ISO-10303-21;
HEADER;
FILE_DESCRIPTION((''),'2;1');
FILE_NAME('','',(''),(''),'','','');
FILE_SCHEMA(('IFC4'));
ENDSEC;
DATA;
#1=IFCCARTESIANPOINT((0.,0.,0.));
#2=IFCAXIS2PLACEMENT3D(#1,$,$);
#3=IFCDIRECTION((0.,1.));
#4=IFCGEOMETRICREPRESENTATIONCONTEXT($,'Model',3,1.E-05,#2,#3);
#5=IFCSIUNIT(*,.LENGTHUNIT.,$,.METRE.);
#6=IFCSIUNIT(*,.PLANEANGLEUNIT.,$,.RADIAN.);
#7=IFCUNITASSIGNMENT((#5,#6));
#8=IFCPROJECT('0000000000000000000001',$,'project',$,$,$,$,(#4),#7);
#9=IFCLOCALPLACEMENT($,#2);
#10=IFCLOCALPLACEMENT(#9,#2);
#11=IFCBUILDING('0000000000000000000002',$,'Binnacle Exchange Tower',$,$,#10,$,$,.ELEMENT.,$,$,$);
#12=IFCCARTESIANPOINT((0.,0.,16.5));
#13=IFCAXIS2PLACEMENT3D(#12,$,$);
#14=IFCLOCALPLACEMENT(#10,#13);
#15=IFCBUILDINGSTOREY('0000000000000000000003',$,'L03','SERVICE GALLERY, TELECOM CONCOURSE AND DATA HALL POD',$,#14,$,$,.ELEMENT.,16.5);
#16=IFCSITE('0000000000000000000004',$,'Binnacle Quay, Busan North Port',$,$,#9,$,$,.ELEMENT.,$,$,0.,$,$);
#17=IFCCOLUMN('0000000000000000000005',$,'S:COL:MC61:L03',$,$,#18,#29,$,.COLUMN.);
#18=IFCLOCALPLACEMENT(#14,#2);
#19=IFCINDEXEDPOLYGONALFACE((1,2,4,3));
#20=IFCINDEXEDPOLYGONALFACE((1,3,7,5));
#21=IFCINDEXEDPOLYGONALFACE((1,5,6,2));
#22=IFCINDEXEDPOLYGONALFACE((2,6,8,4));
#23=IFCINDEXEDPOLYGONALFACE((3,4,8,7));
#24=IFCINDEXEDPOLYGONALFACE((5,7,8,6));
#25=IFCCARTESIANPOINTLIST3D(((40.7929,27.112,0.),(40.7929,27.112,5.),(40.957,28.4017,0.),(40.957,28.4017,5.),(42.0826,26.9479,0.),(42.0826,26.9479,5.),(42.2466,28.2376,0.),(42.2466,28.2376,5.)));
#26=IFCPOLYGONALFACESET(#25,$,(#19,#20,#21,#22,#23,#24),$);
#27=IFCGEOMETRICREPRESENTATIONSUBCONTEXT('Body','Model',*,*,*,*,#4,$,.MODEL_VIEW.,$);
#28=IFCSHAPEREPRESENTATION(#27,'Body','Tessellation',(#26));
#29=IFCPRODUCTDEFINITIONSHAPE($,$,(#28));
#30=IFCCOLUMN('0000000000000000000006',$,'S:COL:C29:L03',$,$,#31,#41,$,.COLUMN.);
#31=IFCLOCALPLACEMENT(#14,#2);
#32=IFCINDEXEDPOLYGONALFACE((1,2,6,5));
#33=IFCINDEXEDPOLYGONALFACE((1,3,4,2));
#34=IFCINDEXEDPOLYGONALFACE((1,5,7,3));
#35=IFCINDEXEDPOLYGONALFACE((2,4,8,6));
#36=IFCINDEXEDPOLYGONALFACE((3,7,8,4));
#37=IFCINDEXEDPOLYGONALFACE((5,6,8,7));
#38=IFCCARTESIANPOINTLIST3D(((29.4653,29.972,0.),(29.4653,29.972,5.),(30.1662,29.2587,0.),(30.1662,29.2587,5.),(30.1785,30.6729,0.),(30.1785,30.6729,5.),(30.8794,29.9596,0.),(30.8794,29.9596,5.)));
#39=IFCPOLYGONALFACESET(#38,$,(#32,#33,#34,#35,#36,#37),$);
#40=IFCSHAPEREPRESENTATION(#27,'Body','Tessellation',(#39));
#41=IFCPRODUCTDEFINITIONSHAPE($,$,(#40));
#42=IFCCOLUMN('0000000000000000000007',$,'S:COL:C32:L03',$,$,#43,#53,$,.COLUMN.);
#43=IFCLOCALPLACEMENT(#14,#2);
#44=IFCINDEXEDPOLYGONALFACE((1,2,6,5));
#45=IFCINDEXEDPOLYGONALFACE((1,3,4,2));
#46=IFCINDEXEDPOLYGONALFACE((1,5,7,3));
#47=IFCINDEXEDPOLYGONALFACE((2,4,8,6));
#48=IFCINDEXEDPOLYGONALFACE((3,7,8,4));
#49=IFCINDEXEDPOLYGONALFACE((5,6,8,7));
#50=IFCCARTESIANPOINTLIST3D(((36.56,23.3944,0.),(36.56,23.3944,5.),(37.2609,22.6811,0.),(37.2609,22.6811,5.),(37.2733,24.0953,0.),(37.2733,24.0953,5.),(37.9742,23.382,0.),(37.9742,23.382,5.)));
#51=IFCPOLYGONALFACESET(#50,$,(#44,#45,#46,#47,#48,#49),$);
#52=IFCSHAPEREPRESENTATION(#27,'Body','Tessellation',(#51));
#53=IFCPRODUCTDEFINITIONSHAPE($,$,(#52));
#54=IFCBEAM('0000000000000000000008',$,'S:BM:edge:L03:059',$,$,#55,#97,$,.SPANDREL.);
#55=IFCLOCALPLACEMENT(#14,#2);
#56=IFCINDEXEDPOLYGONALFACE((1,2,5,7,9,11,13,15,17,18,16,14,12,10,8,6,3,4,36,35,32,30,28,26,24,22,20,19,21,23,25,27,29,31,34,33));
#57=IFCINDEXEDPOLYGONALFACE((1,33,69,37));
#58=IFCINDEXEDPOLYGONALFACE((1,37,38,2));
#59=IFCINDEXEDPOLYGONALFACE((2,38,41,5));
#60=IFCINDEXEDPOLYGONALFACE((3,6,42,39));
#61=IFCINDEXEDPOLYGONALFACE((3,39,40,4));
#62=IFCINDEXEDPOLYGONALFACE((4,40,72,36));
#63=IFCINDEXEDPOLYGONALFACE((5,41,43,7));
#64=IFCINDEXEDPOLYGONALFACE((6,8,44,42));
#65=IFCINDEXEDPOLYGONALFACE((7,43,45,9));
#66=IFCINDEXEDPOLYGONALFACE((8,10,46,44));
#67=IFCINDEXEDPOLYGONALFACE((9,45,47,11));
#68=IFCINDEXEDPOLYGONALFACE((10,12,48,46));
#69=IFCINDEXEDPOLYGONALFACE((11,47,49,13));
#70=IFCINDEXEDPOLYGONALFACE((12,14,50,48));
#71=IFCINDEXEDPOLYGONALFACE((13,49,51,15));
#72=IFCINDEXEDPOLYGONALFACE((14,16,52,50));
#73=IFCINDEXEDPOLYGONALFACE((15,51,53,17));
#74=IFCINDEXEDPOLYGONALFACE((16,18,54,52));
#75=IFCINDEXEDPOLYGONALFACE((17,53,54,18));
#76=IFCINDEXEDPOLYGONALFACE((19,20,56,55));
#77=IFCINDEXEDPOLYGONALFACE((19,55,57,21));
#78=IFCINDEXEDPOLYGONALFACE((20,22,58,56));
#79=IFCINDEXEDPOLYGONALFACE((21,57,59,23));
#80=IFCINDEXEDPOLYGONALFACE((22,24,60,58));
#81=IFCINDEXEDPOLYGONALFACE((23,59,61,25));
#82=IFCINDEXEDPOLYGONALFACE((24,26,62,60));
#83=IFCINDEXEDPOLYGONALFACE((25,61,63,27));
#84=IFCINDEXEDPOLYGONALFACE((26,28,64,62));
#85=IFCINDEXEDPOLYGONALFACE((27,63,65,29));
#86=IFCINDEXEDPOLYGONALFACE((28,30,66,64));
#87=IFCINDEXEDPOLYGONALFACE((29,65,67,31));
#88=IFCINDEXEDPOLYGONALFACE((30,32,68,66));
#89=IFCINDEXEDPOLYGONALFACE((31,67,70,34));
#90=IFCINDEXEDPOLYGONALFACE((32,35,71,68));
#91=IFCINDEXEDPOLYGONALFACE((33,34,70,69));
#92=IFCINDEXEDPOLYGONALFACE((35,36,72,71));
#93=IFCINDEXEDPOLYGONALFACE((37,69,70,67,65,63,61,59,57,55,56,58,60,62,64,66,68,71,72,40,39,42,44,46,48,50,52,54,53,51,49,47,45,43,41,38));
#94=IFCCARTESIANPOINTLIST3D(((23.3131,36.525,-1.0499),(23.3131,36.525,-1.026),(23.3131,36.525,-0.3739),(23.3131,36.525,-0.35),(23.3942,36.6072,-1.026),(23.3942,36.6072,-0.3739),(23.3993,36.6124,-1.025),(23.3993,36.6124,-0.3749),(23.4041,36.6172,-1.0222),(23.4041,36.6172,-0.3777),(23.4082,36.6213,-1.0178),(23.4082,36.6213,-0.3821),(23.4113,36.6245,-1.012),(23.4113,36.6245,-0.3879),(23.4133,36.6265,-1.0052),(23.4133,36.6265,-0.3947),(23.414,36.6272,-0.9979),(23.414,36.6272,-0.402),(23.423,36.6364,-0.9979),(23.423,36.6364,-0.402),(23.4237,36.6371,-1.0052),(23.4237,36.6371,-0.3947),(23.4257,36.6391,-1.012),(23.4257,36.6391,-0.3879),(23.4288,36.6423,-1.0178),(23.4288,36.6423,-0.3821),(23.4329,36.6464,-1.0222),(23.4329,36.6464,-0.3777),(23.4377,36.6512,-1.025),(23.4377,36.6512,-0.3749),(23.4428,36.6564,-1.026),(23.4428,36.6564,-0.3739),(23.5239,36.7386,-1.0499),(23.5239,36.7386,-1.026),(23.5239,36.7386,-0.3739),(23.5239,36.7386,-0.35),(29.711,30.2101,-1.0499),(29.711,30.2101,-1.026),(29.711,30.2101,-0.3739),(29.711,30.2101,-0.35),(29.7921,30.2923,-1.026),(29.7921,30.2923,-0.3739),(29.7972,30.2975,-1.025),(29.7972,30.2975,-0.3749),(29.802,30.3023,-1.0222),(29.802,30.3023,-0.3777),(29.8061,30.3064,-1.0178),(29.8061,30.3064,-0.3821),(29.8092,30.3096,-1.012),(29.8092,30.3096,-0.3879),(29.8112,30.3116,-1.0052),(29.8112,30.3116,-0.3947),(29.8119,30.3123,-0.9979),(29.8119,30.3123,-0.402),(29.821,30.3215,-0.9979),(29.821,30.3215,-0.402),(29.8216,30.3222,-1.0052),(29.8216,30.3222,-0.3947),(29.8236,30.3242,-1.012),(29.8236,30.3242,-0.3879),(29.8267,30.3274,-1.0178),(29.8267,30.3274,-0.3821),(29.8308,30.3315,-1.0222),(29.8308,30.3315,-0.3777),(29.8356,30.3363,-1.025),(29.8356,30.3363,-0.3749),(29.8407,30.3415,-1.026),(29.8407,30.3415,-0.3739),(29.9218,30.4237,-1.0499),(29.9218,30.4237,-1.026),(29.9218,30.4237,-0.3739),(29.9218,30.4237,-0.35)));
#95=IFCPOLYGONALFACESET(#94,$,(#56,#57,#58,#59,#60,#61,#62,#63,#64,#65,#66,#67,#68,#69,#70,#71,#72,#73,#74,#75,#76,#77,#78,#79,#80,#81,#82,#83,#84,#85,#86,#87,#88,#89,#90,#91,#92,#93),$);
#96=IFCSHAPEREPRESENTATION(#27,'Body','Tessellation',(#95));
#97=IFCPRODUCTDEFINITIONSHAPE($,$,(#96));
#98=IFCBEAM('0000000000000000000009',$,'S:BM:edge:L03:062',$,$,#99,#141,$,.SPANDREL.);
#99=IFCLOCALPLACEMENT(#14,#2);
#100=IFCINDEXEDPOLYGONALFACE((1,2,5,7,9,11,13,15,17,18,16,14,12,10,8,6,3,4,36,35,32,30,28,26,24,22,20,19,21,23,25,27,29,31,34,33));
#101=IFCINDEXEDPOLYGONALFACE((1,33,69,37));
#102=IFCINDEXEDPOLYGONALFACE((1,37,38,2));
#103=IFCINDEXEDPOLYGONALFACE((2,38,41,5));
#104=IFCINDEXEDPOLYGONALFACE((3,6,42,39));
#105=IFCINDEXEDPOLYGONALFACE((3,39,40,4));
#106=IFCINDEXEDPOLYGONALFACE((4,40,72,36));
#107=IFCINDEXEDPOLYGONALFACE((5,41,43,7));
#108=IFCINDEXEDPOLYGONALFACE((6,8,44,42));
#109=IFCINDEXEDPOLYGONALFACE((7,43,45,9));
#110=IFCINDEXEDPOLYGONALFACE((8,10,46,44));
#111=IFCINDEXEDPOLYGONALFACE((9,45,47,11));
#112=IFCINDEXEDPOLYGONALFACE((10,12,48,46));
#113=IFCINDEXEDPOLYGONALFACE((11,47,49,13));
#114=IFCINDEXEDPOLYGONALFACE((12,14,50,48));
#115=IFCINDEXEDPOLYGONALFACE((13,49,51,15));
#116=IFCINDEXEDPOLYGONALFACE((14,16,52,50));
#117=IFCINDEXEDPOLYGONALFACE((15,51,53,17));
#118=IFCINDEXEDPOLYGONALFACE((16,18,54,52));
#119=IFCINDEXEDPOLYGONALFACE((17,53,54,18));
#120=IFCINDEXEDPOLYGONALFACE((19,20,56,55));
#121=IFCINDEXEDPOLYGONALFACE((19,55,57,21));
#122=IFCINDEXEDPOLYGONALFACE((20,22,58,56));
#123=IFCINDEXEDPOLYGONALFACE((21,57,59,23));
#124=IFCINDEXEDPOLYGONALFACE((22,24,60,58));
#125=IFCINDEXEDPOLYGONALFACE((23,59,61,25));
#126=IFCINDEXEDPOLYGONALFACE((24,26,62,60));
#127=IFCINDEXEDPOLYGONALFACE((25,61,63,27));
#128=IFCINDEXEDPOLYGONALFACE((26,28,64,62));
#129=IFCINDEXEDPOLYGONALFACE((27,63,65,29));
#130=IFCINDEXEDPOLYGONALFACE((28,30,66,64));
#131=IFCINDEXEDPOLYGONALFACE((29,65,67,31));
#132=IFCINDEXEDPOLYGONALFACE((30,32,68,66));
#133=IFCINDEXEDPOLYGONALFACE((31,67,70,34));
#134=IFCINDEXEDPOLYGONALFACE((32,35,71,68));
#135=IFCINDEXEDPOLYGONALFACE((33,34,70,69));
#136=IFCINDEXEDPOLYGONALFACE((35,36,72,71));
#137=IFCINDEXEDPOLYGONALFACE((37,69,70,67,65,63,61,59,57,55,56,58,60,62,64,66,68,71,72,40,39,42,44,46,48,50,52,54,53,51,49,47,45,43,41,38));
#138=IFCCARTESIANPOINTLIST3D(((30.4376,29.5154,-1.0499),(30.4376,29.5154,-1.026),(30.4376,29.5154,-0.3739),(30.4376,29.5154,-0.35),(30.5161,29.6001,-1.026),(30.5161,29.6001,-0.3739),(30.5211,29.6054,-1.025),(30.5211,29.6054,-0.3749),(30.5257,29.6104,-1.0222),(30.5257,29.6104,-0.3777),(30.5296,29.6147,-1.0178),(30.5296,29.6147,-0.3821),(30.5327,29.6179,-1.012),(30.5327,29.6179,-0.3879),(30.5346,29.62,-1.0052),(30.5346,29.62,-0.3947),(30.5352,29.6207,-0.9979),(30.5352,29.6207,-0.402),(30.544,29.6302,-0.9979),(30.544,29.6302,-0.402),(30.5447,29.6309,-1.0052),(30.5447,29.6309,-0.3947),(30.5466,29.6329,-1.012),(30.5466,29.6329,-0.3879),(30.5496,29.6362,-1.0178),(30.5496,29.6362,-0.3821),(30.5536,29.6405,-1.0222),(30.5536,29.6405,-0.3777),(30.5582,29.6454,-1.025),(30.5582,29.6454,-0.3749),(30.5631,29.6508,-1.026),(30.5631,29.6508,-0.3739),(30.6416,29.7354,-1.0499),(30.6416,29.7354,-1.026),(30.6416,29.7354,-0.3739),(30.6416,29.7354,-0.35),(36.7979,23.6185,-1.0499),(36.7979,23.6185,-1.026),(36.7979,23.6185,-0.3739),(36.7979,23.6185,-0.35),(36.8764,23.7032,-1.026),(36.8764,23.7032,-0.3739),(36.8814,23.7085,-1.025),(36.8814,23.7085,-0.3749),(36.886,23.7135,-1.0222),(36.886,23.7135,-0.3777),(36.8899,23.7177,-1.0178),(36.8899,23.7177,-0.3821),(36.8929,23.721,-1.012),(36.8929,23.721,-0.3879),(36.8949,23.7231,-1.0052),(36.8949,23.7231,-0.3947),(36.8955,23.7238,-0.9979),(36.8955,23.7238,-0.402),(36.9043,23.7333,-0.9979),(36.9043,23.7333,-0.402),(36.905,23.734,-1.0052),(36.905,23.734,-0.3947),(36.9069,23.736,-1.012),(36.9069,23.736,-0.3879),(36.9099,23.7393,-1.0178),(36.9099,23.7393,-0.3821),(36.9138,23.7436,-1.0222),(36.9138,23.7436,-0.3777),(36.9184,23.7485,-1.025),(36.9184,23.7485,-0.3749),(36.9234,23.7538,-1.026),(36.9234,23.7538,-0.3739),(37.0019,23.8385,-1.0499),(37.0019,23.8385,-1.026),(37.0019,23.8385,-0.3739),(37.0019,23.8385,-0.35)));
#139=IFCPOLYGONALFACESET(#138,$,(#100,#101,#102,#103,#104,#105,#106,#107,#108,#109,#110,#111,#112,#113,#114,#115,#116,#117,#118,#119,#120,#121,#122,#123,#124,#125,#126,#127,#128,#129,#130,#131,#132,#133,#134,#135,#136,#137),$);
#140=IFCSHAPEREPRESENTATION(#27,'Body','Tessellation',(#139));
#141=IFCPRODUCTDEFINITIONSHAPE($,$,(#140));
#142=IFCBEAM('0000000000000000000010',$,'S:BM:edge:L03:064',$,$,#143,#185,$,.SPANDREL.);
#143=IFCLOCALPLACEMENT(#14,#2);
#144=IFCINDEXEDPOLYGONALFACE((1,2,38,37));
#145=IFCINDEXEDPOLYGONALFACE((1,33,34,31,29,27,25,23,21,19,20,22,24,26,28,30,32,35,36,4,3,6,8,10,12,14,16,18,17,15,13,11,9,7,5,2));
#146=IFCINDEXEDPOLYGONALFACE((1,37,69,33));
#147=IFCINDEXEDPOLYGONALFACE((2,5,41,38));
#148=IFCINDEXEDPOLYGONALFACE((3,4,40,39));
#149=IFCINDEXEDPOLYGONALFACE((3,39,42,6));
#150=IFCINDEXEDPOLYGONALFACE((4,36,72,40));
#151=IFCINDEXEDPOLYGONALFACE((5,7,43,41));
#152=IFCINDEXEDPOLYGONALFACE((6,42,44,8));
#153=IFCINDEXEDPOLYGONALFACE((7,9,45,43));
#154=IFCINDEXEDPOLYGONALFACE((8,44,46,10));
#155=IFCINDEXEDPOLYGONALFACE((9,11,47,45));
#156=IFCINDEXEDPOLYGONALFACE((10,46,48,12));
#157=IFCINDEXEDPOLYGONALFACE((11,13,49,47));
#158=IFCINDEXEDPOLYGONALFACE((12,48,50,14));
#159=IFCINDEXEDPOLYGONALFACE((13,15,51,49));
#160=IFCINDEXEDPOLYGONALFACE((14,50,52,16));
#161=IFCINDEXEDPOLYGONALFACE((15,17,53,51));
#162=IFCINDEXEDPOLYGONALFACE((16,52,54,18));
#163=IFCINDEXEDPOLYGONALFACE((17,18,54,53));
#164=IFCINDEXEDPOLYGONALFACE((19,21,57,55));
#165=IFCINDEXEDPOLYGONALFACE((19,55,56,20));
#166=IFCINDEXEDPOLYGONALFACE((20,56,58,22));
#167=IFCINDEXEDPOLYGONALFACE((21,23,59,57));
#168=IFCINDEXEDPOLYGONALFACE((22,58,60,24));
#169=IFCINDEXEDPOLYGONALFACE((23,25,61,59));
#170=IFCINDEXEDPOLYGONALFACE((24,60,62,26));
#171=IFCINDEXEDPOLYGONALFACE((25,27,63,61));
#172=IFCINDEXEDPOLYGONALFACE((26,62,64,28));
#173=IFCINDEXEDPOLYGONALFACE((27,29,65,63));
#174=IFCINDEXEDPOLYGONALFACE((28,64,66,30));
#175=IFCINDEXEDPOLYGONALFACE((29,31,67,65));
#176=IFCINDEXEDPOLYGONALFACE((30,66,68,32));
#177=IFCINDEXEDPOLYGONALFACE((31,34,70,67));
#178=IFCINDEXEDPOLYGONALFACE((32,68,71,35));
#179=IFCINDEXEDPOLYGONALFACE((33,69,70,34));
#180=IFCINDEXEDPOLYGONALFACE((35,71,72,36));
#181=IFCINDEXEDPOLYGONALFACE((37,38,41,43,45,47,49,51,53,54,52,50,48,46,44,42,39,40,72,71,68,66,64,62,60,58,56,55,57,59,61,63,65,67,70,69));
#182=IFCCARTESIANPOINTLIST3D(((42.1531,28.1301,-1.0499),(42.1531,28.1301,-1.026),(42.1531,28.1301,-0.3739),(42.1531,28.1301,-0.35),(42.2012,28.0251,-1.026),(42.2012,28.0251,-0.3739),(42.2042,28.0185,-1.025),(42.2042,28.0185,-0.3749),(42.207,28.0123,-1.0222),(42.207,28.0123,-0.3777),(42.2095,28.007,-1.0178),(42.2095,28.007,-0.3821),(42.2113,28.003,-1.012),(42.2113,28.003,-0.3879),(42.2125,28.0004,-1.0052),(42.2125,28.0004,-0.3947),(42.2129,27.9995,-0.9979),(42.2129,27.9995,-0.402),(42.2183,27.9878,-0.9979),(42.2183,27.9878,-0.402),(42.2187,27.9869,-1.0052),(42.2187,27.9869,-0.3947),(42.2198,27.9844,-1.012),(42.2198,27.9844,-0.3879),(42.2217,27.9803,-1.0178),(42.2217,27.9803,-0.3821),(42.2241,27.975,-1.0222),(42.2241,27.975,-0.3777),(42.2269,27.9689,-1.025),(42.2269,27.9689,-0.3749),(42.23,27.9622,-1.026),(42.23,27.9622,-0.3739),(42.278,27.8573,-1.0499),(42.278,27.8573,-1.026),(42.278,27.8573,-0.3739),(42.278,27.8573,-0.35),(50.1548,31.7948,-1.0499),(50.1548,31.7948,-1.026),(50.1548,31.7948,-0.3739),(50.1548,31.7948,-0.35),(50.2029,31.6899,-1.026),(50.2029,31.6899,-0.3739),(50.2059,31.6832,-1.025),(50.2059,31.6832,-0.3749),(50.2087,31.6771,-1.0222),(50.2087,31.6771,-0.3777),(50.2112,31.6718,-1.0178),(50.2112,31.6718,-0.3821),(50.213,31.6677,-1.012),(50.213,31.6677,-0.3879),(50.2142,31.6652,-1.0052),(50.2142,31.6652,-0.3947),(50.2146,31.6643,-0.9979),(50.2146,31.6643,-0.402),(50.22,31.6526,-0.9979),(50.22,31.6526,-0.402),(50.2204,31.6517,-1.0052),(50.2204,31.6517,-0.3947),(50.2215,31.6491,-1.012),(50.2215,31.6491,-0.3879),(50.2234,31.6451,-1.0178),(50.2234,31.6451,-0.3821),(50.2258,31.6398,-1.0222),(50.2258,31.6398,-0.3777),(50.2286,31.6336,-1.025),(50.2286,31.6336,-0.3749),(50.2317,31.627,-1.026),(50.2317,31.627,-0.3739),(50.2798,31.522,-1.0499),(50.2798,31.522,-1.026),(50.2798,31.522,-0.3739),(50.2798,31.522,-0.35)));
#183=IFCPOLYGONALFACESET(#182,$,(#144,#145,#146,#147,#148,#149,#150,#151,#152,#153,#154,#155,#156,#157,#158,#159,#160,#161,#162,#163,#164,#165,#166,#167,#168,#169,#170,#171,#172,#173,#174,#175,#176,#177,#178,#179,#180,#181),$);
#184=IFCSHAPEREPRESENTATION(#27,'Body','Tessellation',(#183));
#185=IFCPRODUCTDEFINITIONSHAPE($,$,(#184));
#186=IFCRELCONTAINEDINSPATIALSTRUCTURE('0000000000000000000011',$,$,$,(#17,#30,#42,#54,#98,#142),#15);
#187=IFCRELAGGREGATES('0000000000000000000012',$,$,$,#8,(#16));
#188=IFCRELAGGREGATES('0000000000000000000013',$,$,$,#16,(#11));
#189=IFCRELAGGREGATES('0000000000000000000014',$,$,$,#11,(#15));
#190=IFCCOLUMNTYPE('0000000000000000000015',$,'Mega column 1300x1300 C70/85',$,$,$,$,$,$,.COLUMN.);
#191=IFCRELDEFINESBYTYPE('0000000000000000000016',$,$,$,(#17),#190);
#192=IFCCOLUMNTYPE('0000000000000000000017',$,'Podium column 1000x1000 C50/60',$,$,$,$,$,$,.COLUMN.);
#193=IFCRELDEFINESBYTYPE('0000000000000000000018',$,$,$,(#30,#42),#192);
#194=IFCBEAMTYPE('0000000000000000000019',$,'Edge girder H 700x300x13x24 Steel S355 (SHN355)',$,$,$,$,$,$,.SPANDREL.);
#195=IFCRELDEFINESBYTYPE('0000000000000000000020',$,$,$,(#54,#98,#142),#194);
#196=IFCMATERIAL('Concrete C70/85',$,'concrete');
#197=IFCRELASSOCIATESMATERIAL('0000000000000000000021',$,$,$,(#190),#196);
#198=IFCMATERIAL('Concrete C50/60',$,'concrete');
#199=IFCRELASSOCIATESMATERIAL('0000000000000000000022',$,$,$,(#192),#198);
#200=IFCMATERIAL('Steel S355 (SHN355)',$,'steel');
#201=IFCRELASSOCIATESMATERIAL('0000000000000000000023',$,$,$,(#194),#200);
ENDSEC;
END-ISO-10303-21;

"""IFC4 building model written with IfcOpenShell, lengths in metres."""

from ifc_helpers import new_model, si_unit, direction, frame, origin, origin_2d, place, context, subcontext, project, spatial, rectangle, i_section, extrude, material, material_profile, profile_set, type_object, element, save


model = new_model("IFC4")

# Units and contexts
model_context = context("Model", 3, precision=1e-05, world=origin(), true_north=direction((0.0, 1.0)))
body_context = subcontext(model_context, "Body", "Model", "MODEL_VIEW")
ifc_project = project(units=[si_unit("LENGTHUNIT", "METRE"), si_unit("PLANEANGLEUNIT", "RADIAN")], contexts=[model_context])

# Site, building, storey
site_placement = place(None, origin())
site = spatial("IfcSite", under=ifc_project, at=site_placement, Name="Binnacle Quay, Busan North Port", CompositionType="ELEMENT", RefElevation=0.0)
building_placement = place(site_placement, origin())
building = spatial("IfcBuilding", under=site, at=building_placement, Name="Binnacle Exchange Tower", CompositionType="ELEMENT")
storey_placement = place(building_placement, frame((0.0, 0.0, 16.5)))
storey = spatial("IfcBuildingStorey", under=building, at=storey_placement, Name="L03", Description="SERVICE GALLERY, TELECOM CONCOURSE AND DATA HALL POD", CompositionType="ELEMENT", Elevation=16.5)

# Columns
ifc_material_1 = material(Name="Concrete C70/85", Category="concrete")
ifc_material_profile_1 = material_profile(ifc_material_1, rectangle(XDim=1.3, YDim=1.3, at=origin_2d()), Name="Mega column 1300x1300 C70/85")
ifc_profile_set_1 = profile_set([ifc_material_profile_1], Name="Concrete C70/85")
column_type_1 = type_object("IfcColumnType", Name="Mega column 1300x1300 C70/85", PredefinedType="COLUMN", material=ifc_profile_set_1)
column_placement = place(storey_placement, frame((41.5198, 27.6748, 0.0), z_axis=(0.0, 0.0, 1.0), x_axis=(0.992005, -0.126199, 0.0)))
element("IfcColumn", 1, at=column_placement, inside=storey, type_object=column_type_1, Name="S:COL:MC61:L03", PredefinedType="COLUMN", context=body_context, shape_type="SweptSolid", body=[
    extrude(rectangle(XDim=1.3, YDim=1.3, at=origin_2d()), origin(), (0.0, 0.0, 1.0), 5.0),
])
ifc_material_2 = material(Name="Concrete C50/60", Category="concrete")
ifc_material_profile_2 = material_profile(ifc_material_2, rectangle(XDim=1.0, YDim=1.0, at=origin_2d()), Name="Podium column 1000x1000 C50/60")
ifc_profile_set_2 = profile_set([ifc_material_profile_2], Name="Concrete C50/60")
column_type_2 = type_object("IfcColumnType", Name="Podium column 1000x1000 C50/60", PredefinedType="COLUMN", material=ifc_profile_set_2)
for number, where, z_axis, x_axis, name in (
    (2, (30.1724, 29.9658, 0.0), (0.0, 0.0, 1.0), (0.700909, -0.71325, 0.0), "S:COL:C29:L03"),
    (3, (37.2671, 23.3882, 0.0), (0.0, 0.0, 1.0), (0.700909, -0.71325, 0.0), "S:COL:C32:L03"),
):
    element("IfcColumn", number, at=place(storey_placement, frame(where, z_axis=z_axis, x_axis=x_axis)), inside=storey, type_object=column_type_2, Name=name, PredefinedType="COLUMN", context=body_context, shape_type="SweptSolid", body=[
        extrude(rectangle(XDim=1.0, YDim=1.0, at=origin_2d()), origin(), (0.0, 0.0, 1.0), 5.0),
    ])

# Beams
ifc_material_3 = material(Name="Steel S355 (SHN355)", Category="steel")
ifc_material_profile_3 = material_profile(ifc_material_3, i_section(OverallWidth=0.3, OverallDepth=0.7, WebThickness=0.0129, FlangeThickness=0.0239, FilletRadius=0.0281, at=origin_2d()), Name="H 700x300x13x24")
ifc_profile_set_3 = profile_set([ifc_material_profile_3], Name="Steel S355 (SHN355)")
beam_type_1 = type_object("IfcBeamType", Name="Edge girder H 700x300x13x24 Steel S355 (SHN355)", PredefinedType="SPANDREL", material=ifc_profile_set_3)
beam_1_placement = place(storey_placement, frame((29.8164, 30.3169, -0.7), z_axis=(-0.711709, 0.702475, 0.0), x_axis=(-0.702475, -0.711709, 0.0)))
element("IfcBeam", 4, at=beam_1_placement, inside=storey, type_object=beam_type_1, Name="S:BM:edge:L03:059", PredefinedType="SPANDREL", context=body_context, shape_type="SweptSolid", body=[
    extrude(i_section(OverallWidth=0.3, OverallDepth=0.7, WebThickness=0.0129, FlangeThickness=0.0239, FilletRadius=0.0281, at=origin_2d()), origin(), (0.0, 0.0, 1.0), 8.9895),
])
beam_2_placement = place(storey_placement, frame((36.8999, 23.7285, -0.7), z_axis=(-0.733315, 0.679889, 0.0), x_axis=(-0.679889, -0.733315, 0.0)))
element("IfcBeam", 5, at=beam_2_placement, inside=storey, type_object=beam_type_1, Name="S:BM:edge:L03:062", PredefinedType="SPANDREL", context=body_context, shape_type="SweptSolid", body=[
    extrude(i_section(OverallWidth=0.3, OverallDepth=0.7, WebThickness=0.0129, FlangeThickness=0.0239, FilletRadius=0.0281, at=origin_2d()), origin(), (0.0, 0.0, 1.0), 8.6733),
])
beam_3_placement = place(storey_placement, frame((42.2156, 27.9937, -0.7), z_axis=(0.909179, 0.416405, 0.0), x_axis=(-0.416405, 0.909179, 0.0)))
element("IfcBeam", 6, at=beam_3_placement, inside=storey, type_object=beam_type_1, Name="S:BM:edge:L03:064", PredefinedType="SPANDREL", context=body_context, shape_type="SweptSolid", body=[
    extrude(i_section(OverallWidth=0.3, OverallDepth=0.7, WebThickness=0.0129, FlangeThickness=0.0239, FilletRadius=0.0281, at=origin_2d()), origin(), (0.0, 0.0, 1.0), 8.801),
])

save(model, "model.ifc")
